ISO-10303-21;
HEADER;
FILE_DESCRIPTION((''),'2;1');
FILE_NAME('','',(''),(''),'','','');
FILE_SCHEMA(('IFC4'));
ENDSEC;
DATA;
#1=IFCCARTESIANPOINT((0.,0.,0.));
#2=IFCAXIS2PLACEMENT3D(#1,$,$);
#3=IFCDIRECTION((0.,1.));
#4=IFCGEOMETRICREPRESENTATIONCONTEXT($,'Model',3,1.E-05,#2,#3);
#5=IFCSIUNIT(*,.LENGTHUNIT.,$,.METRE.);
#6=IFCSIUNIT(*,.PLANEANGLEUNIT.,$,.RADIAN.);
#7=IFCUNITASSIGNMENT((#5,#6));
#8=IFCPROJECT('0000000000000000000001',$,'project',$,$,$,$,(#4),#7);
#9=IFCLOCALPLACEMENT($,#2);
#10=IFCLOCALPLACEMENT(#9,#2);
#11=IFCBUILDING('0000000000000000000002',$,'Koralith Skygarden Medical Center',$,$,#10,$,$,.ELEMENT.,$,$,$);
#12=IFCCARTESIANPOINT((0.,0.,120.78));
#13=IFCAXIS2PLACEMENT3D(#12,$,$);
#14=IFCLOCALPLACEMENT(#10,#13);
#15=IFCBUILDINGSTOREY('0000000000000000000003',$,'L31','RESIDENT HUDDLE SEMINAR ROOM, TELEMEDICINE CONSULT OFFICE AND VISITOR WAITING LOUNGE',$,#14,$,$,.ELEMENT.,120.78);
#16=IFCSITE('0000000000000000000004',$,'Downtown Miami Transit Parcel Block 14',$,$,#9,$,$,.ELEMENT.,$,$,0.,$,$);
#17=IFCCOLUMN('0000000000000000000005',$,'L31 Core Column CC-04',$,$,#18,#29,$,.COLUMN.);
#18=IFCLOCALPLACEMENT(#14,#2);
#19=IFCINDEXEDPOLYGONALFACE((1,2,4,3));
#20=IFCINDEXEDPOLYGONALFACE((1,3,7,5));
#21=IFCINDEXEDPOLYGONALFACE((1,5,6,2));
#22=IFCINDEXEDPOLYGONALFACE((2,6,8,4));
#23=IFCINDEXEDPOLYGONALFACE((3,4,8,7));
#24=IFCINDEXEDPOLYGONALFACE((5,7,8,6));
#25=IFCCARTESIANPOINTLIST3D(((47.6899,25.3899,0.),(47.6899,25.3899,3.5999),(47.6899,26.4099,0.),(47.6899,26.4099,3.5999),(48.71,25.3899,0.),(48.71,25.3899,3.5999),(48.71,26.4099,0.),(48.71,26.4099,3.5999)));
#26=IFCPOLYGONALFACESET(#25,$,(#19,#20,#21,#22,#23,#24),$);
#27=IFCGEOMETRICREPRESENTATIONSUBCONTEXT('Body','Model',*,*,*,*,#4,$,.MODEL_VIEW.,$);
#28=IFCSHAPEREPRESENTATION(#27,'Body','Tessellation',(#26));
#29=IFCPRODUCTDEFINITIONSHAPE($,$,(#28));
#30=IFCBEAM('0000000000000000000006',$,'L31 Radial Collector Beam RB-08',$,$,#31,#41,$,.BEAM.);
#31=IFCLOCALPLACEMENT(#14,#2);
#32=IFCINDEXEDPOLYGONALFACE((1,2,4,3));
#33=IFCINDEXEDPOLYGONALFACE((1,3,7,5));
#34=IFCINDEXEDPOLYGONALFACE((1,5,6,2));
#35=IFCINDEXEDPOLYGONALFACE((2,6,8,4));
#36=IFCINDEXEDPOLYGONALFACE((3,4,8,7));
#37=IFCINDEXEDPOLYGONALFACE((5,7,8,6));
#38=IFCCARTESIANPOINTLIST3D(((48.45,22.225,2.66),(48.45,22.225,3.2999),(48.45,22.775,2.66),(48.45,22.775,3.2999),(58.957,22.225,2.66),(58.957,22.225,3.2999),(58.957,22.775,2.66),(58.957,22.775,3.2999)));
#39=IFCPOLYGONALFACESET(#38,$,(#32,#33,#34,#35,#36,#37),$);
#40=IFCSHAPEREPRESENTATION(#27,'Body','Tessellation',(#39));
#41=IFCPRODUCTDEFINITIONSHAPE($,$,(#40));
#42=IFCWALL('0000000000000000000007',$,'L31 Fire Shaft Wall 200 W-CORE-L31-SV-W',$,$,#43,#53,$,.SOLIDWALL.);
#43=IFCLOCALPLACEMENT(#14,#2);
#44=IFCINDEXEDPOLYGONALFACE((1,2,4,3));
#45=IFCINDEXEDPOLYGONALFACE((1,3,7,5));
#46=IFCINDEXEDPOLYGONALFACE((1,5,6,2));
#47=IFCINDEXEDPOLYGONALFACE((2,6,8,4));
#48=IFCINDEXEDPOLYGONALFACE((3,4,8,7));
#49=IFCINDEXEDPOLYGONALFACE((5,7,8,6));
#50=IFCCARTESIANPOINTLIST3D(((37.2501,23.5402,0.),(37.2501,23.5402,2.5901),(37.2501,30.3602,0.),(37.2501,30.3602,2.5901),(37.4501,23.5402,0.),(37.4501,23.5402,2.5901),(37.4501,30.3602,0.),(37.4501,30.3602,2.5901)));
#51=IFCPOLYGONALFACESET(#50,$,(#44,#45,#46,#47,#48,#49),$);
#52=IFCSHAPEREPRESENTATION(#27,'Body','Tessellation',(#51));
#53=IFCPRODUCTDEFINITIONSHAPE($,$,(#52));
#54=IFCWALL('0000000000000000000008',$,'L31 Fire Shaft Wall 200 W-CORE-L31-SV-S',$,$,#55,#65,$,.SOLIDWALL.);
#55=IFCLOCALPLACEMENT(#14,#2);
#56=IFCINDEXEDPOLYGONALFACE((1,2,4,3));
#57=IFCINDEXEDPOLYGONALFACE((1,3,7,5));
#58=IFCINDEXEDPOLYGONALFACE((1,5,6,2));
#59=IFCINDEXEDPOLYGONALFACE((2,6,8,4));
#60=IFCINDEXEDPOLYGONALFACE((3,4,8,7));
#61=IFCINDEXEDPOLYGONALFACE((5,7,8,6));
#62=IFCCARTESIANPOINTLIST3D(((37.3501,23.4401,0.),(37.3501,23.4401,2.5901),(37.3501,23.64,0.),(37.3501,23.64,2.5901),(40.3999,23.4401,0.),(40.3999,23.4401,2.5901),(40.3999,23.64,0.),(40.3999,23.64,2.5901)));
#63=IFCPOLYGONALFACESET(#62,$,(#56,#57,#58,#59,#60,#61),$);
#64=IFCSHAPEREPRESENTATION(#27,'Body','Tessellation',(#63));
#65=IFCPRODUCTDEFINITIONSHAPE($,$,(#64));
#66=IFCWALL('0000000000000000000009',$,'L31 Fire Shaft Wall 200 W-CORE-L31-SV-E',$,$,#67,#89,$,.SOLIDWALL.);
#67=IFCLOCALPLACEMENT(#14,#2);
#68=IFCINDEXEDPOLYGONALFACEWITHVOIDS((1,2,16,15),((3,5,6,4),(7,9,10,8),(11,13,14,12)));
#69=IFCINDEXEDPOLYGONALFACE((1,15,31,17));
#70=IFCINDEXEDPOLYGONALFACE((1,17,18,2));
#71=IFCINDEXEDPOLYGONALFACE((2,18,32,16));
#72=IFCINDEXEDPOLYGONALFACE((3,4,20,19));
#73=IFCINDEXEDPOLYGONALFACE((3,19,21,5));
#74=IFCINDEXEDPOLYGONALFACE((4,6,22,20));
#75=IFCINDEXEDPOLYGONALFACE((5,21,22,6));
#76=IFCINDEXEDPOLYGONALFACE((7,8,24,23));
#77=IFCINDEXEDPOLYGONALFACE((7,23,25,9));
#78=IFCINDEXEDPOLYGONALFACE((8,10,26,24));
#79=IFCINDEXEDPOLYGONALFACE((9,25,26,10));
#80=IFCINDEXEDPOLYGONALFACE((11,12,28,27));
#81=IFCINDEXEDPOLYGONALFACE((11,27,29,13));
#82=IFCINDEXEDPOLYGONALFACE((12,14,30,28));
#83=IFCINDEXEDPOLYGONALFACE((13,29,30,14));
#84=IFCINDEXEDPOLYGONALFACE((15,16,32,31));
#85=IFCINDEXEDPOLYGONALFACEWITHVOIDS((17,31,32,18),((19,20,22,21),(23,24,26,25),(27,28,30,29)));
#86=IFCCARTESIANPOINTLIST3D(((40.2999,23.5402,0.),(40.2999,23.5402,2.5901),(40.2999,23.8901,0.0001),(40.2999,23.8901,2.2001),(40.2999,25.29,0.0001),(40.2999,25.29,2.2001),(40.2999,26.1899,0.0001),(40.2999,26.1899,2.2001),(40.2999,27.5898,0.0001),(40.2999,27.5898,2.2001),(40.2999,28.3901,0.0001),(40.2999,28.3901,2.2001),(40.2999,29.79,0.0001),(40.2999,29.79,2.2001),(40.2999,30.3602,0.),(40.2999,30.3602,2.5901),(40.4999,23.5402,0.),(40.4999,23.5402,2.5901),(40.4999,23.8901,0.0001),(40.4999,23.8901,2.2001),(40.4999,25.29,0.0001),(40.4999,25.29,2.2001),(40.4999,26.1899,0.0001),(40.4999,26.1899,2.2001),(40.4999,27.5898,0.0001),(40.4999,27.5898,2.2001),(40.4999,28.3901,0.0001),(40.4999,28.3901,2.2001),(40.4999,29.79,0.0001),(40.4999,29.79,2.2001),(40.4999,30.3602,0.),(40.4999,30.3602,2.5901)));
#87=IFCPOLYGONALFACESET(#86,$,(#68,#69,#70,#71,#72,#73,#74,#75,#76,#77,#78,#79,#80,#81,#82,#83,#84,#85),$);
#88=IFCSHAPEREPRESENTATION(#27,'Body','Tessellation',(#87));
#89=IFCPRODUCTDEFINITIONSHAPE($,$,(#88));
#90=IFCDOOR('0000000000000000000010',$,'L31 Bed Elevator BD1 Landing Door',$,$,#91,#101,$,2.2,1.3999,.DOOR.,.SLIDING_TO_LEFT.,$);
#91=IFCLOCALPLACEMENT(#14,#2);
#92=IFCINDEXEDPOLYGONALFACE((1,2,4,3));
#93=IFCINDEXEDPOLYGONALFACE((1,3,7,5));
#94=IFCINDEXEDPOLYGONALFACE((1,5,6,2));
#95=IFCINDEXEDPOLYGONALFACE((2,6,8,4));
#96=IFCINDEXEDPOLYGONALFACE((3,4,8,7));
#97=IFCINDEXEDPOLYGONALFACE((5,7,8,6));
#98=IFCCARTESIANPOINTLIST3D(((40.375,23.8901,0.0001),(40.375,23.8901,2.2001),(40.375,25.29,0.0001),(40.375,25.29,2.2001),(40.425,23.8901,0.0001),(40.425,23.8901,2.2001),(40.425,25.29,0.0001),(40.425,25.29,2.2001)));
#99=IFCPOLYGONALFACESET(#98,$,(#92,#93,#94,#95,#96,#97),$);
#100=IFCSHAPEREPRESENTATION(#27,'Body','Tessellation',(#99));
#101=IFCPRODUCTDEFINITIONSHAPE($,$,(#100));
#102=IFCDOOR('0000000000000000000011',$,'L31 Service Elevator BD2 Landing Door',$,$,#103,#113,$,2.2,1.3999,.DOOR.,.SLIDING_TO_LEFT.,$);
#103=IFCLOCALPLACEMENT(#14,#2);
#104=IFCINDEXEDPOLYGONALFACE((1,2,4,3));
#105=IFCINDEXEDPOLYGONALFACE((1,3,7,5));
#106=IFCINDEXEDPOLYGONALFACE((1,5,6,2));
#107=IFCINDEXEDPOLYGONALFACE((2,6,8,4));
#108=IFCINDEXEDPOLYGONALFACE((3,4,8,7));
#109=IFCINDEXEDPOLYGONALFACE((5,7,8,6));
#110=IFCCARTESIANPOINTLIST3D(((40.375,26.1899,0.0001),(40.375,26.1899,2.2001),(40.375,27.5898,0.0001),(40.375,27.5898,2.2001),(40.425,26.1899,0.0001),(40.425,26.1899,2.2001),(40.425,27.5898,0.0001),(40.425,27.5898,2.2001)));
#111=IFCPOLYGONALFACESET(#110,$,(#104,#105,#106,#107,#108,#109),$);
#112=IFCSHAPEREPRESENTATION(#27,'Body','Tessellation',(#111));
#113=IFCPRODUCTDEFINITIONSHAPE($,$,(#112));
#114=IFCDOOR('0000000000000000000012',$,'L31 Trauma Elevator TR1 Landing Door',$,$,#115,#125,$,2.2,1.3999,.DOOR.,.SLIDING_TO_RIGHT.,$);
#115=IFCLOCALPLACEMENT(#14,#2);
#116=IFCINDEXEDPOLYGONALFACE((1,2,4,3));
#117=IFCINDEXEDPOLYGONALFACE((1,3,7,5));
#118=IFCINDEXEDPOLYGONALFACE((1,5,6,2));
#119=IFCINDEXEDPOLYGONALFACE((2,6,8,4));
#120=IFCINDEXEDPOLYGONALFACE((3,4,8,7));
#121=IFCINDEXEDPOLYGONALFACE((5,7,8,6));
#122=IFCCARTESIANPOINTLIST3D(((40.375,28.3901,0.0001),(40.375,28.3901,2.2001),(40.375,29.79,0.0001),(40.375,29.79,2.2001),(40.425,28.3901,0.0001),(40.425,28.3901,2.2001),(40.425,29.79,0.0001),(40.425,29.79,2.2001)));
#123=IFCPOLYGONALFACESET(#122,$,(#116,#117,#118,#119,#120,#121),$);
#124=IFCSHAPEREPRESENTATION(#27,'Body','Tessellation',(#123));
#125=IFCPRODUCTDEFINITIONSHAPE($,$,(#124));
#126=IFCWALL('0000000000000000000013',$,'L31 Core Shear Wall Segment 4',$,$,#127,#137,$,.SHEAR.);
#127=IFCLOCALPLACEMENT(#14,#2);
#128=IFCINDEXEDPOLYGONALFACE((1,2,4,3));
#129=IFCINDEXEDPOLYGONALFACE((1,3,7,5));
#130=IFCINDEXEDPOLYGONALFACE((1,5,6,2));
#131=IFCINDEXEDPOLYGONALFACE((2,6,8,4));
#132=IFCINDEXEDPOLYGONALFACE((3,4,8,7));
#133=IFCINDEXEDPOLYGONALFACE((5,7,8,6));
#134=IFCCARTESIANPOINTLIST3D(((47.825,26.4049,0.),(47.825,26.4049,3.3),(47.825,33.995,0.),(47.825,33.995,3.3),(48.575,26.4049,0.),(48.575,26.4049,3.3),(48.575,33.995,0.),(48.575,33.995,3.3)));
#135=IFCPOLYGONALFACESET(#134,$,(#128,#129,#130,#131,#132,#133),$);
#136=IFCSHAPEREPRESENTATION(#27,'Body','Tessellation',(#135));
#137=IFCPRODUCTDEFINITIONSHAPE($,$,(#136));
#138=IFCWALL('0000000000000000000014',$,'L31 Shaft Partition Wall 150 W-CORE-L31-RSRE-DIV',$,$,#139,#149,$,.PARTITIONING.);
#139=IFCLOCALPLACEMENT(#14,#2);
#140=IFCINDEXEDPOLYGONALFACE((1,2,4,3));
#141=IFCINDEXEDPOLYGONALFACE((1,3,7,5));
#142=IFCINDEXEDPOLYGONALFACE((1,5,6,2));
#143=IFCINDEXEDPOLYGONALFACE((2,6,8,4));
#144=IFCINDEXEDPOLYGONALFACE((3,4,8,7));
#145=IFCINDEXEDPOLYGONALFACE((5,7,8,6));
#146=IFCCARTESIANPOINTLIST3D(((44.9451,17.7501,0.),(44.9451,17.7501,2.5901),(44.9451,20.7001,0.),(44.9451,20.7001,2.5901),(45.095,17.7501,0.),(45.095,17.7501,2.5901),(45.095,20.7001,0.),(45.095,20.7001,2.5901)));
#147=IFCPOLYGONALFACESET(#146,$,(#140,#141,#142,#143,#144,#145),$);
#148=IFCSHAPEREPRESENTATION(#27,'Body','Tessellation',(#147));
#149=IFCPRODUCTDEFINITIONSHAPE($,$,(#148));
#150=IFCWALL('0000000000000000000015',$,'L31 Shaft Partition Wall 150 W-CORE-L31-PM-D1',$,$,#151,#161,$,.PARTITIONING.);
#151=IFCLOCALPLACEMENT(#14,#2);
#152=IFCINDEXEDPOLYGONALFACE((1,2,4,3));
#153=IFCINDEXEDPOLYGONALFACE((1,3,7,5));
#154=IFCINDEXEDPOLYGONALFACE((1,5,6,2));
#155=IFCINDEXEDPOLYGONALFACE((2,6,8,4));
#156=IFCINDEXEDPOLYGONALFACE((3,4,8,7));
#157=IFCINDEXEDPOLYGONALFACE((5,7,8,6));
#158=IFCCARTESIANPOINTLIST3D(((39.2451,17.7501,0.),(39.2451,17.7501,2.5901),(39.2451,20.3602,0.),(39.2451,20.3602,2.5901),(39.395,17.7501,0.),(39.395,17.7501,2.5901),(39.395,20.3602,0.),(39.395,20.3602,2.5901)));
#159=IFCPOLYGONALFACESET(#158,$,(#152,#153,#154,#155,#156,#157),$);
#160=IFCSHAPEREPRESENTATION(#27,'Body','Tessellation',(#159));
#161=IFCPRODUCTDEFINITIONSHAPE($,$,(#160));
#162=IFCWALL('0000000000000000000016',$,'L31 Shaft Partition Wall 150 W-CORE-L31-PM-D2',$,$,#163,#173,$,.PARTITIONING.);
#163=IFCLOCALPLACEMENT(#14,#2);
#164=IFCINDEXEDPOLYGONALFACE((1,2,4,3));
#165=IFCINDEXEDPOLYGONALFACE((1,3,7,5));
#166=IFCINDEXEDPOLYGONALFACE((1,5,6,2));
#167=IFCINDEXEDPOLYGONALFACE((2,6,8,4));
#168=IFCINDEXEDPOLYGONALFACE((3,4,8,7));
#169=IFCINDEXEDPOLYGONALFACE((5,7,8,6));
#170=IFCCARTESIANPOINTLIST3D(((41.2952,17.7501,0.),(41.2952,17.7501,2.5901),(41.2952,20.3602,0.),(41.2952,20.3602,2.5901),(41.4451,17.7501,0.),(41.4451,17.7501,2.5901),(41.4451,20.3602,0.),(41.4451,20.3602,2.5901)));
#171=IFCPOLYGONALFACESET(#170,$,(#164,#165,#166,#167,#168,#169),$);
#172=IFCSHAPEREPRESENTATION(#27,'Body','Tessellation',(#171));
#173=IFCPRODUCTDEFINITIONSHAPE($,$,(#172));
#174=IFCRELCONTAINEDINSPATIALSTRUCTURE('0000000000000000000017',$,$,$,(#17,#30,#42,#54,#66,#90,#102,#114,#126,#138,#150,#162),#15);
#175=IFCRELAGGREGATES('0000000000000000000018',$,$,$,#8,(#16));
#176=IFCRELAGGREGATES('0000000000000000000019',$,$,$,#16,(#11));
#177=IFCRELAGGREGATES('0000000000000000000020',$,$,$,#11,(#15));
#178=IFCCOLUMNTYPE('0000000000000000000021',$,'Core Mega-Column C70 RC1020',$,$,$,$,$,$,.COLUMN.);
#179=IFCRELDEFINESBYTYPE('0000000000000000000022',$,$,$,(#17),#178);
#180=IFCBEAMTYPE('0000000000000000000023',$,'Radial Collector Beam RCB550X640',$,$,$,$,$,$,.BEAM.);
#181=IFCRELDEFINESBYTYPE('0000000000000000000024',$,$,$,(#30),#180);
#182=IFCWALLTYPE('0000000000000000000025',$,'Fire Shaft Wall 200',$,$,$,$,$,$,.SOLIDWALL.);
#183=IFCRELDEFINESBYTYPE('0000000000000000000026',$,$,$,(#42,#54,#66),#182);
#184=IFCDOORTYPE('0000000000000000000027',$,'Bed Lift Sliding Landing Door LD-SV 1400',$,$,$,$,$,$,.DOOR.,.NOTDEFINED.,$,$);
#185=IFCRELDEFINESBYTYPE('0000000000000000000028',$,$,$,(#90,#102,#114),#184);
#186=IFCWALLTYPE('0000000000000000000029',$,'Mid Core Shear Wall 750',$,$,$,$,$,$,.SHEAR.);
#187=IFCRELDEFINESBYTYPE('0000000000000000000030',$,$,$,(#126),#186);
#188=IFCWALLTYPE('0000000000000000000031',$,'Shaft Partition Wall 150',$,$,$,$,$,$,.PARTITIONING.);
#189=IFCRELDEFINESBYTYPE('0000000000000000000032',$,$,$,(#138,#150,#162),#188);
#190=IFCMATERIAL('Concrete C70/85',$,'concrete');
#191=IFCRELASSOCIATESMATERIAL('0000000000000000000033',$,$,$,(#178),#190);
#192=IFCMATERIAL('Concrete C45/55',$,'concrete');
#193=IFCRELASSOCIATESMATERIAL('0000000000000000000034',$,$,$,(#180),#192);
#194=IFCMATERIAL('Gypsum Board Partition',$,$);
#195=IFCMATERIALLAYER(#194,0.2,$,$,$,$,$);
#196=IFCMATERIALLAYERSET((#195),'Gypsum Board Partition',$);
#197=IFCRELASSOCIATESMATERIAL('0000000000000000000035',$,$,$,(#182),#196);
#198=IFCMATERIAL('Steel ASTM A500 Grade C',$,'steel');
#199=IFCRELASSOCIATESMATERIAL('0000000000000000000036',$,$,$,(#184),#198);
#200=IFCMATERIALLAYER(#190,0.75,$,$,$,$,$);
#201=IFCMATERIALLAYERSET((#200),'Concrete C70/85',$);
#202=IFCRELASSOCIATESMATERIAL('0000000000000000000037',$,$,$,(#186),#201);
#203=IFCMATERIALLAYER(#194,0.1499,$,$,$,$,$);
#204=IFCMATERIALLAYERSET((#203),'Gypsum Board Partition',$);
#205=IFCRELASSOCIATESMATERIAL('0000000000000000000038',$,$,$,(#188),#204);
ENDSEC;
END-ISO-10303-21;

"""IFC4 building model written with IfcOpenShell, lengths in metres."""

from ifc_helpers import new_model, si_unit, direction, frame, frame_2d, origin, origin_2d, place, context, subcontext, project, spatial, rectangle, extrude, material, layer, layer_set, material_profile, profile_set, type_object, element, fill, save


model = new_model("IFC4")

# Units and contexts
model_context = context("Model", 3, precision=1e-05, world=origin(), true_north=direction((0.0, 1.0)))
body_context = subcontext(model_context, "Body", "Model", "MODEL_VIEW")
ifc_project = project(units=[si_unit("LENGTHUNIT", "METRE"), si_unit("PLANEANGLEUNIT", "RADIAN")], contexts=[model_context])

# Site, building, storey
site_placement = place(None, origin())
site = spatial("IfcSite", under=ifc_project, at=site_placement, Name="Downtown Miami Transit Parcel Block 14", CompositionType="ELEMENT", RefElevation=0.0)
building_placement = place(site_placement, origin())
building = spatial("IfcBuilding", under=site, at=building_placement, Name="Koralith Skygarden Medical Center", CompositionType="ELEMENT")
storey_placement = place(building_placement, frame((0.0, 0.0, 120.78)))
storey = spatial("IfcBuildingStorey", under=building, at=storey_placement, Name="L31", Description="RESIDENT HUDDLE SEMINAR ROOM, TELEMEDICINE CONSULT OFFICE AND VISITOR WAITING LOUNGE", CompositionType="ELEMENT", Elevation=120.78)

# Column
ifc_material_1 = material(Name="Concrete C70/85", Category="concrete")
ifc_material_profile_1 = material_profile(ifc_material_1, rectangle(XDim=1.02, YDim=1.02, at=origin_2d()), Name="RC1020X1020")
ifc_profile_set_1 = profile_set([ifc_material_profile_1], Name="Concrete C70/85")
column_type = type_object("IfcColumnType", Name="Core Mega-Column C70 RC1020", PredefinedType="COLUMN", material=ifc_profile_set_1)
column_placement = place(storey_placement, frame((48.2, 25.8999, 0.0), z_axis=(0.0, 0.0, 1.0), x_axis=(1.0, 0.0, 0.0)))
element("IfcColumn", 1, at=column_placement, inside=storey, type_object=column_type, Name="L31 Core Column CC-04", PredefinedType="COLUMN", context=body_context, shape_type="SweptSolid", body=[
    extrude(rectangle(XDim=1.02, YDim=1.02, at=origin_2d()), origin(), (0.0, 0.0, 1.0), 3.5999),
])

# Beam
ifc_material_2 = material(Name="Concrete C45/55", Category="concrete")
ifc_material_profile_2 = material_profile(ifc_material_2, rectangle(XDim=0.55, YDim=0.6399, at=origin_2d()), Name="RCB550X640")
ifc_profile_set_2 = profile_set([ifc_material_profile_2], Name="Concrete C45/55")
beam_type = type_object("IfcBeamType", Name="Radial Collector Beam RCB550X640", PredefinedType="BEAM", material=ifc_profile_set_2)
beam_placement = place(storey_placement, frame((48.45, 22.5, 2.98), z_axis=(1.0, 0.0, 0.0), x_axis=(0.0, 1.0, 0.0)))
element("IfcBeam", 2, at=beam_placement, inside=storey, type_object=beam_type, Name="L31 Radial Collector Beam RB-08", PredefinedType="BEAM", context=body_context, shape_type="SweptSolid", body=[
    extrude(rectangle(XDim=0.55, YDim=0.6399, at=origin_2d()), origin(), (0.0, 0.0, 1.0), 10.5071),
])

# Shared definitions
ifc_material_3 = material(Name="Gypsum Board Partition")
ifc_layer_1 = layer(ifc_material_3, 0.2)
ifc_layer_set_1 = layer_set([ifc_layer_1], Name="Gypsum Board Partition")
wall_type_1 = type_object("IfcWallType", Name="Fire Shaft Wall 200", PredefinedType="SOLIDWALL", material=ifc_layer_set_1)
ifc_material_4 = material(Name="Steel ASTM A500 Grade C", Category="steel")

# Walls
wall_1_placement = place(storey_placement, frame((37.3501, 23.54, 0.0), z_axis=(0.0, 0.0, 1.0), x_axis=(0.0, 1.0, 0.0)))
element("IfcWall", 3, at=wall_1_placement, inside=storey, type_object=wall_type_1, Name="L31 Fire Shaft Wall 200 W-CORE-L31-SV-W", PredefinedType="SOLIDWALL", context=body_context, shape_type="SweptSolid", body=[
    extrude(rectangle(XDim=6.8201, YDim=0.2, at=frame_2d((3.4102, 0.0))), origin(), (0.0, 0.0, 1.0), 2.5901),
])
wall_2_placement = place(storey_placement, frame((37.3501, 23.54, 0.0), z_axis=(0.0, 0.0, 1.0), x_axis=(1.0, 0.0, 0.0)))
element("IfcWall", 4, at=wall_2_placement, inside=storey, type_object=wall_type_1, Name="L31 Fire Shaft Wall 200 W-CORE-L31-SV-S", PredefinedType="SOLIDWALL", context=body_context, shape_type="SweptSolid", body=[
    extrude(rectangle(XDim=3.0498, YDim=0.2, at=frame_2d((1.5249, 0.0))), origin(), (0.0, 0.0, 1.0), 2.5901),
])

# Wall, openings, doors
wall_3_placement = place(storey_placement, frame((40.3999, 23.54, 0.0), z_axis=(0.0, 0.0, 1.0), x_axis=(0.0, 1.0, 0.0)))
wall_3 = element("IfcWall", 5, at=wall_3_placement, inside=storey, type_object=wall_type_1, Name="L31 Fire Shaft Wall 200 W-CORE-L31-SV-E", PredefinedType="SOLIDWALL", context=body_context, shape_type="SweptSolid", body=[
    extrude(rectangle(XDim=6.8201, YDim=0.2, at=frame_2d((3.4102, 0.0))), origin(), (0.0, 0.0, 1.0), 2.5901),
])
opening_1_placement = place(wall_3_placement, frame((0.3501, 0.0, 0.0)))
opening_1 = element("IfcOpeningElement", 6, at=opening_1_placement, cuts=wall_3, PredefinedType="OPENING", context=body_context, shape_type="SweptSolid", body=[
    extrude(rectangle(XDim=1.3999, YDim=2.2, at=frame_2d((0.7, 1.1001))), frame((0.0, 0.1099, 0.0), z_axis=(0.0, -1.0, 0.0), x_axis=(1.0, 0.0, 0.0)), (0.0, 0.0, 1.0), 0.22),
])
opening_2_placement = place(wall_3_placement, frame((2.6499, 0.0, 0.0)))
opening_2 = element("IfcOpeningElement", 7, at=opening_2_placement, cuts=wall_3, PredefinedType="OPENING", context=body_context, shape_type="SweptSolid", body=[
    extrude(rectangle(XDim=1.3999, YDim=2.2, at=frame_2d((0.7, 1.1001))), frame((0.0, 0.1099, 0.0), z_axis=(0.0, -1.0, 0.0), x_axis=(1.0, 0.0, 0.0)), (0.0, 0.0, 1.0), 0.22),
])
opening_3_placement = place(wall_3_placement, frame((4.8501, 0.0, 0.0)))
opening_3 = element("IfcOpeningElement", 8, at=opening_3_placement, cuts=wall_3, PredefinedType="OPENING", context=body_context, shape_type="SweptSolid", body=[
    extrude(rectangle(XDim=1.3999, YDim=2.2, at=frame_2d((0.7, 1.1001))), frame((0.0, 0.1099, 0.0), z_axis=(0.0, -1.0, 0.0), x_axis=(1.0, 0.0, 0.0)), (0.0, 0.0, 1.0), 0.22),
])
door_type_1 = type_object("IfcDoorType", Name="Bed Lift Sliding Landing Door LD-SV 1400", OperationType="NOTDEFINED", PredefinedType="DOOR", material=ifc_material_4)
door_1_placement = place(opening_1_placement, origin())
door_1 = element("IfcDoor", 9, at=door_1_placement, inside=storey, type_object=door_type_1, Name="L31 Bed Elevator BD1 Landing Door", OperationType="SLIDING_TO_LEFT", OverallHeight=2.2, OverallWidth=1.3999, PredefinedType="DOOR", context=body_context, shape_type="SweptSolid", body=[
    extrude(rectangle(XDim=1.3999, YDim=2.2, at=frame_2d((0.7, 1.1001))), frame((0.0, 0.0249, 0.0), z_axis=(0.0, -1.0, 0.0), x_axis=(1.0, 0.0, 0.0)), (0.0, 0.0, 1.0), 0.05),
])
fill(opening_1, door_1)
door_2_placement = place(opening_2_placement, origin())
door_2 = element("IfcDoor", 10, at=door_2_placement, inside=storey, type_object=door_type_1, Name="L31 Service Elevator BD2 Landing Door", OperationType="SLIDING_TO_LEFT", OverallHeight=2.2, OverallWidth=1.3999, PredefinedType="DOOR", context=body_context, shape_type="SweptSolid", body=[
    extrude(rectangle(XDim=1.3999, YDim=2.2, at=frame_2d((0.7, 1.1001))), frame((0.0, 0.0249, 0.0), z_axis=(0.0, -1.0, 0.0), x_axis=(1.0, 0.0, 0.0)), (0.0, 0.0, 1.0), 0.05),
])
fill(opening_2, door_2)
door_3_placement = place(opening_3_placement, origin())
door_3 = element("IfcDoor", 11, at=door_3_placement, inside=storey, type_object=door_type_1, Name="L31 Trauma Elevator TR1 Landing Door", OperationType="SLIDING_TO_RIGHT", OverallHeight=2.2, OverallWidth=1.3999, PredefinedType="DOOR", context=body_context, shape_type="SweptSolid", body=[
    extrude(rectangle(XDim=1.3999, YDim=2.2, at=frame_2d((0.7, 1.1001))), frame((0.0, 0.0249, 0.0), z_axis=(0.0, -1.0, 0.0), x_axis=(1.0, 0.0, 0.0)), (0.0, 0.0, 1.0), 0.05),
])
fill(opening_3, door_3)

# Shared definitions
ifc_layer_2 = layer(ifc_material_1, 0.75)
ifc_layer_set_2 = layer_set([ifc_layer_2], Name="Concrete C70/85")
wall_type_2 = type_object("IfcWallType", Name="Mid Core Shear Wall 750", PredefinedType="SHEAR", material=ifc_layer_set_2)

# Walls
wall_4_placement = place(storey_placement, frame((48.2, 26.405, 0.0), z_axis=(0.0, 0.0, 1.0), x_axis=(0.0, 1.0, 0.0)))
element("IfcWall", 12, at=wall_4_placement, inside=storey, type_object=wall_type_2, Name="L31 Core Shear Wall Segment 4", PredefinedType="SHEAR", context=body_context, shape_type="SweptSolid", body=[
    extrude(rectangle(XDim=7.5901, YDim=0.75, at=frame_2d((3.7949, 0.0))), origin(), (0.0, 0.0, 1.0), 3.3),
])
ifc_layer_3 = layer(ifc_material_3, 0.1499)
ifc_layer_set_3 = layer_set([ifc_layer_3], Name="Gypsum Board Partition")
wall_type_3 = type_object("IfcWallType", Name="Shaft Partition Wall 150", PredefinedType="PARTITIONING", material=ifc_layer_set_3)
wall_5_placement = place(storey_placement, frame((45.02, 17.75, 0.0), z_axis=(0.0, 0.0, 1.0), x_axis=(0.0, 1.0, 0.0)))
element("IfcWall", 13, at=wall_5_placement, inside=storey, type_object=wall_type_3, Name="L31 Shaft Partition Wall 150 W-CORE-L31-RSRE-DIV", PredefinedType="PARTITIONING", context=body_context, shape_type="SweptSolid", body=[
    extrude(rectangle(XDim=2.95, YDim=0.1499, at=frame_2d((1.4751, 0.0))), origin(), (0.0, 0.0, 1.0), 2.5901),
])
for number, where, z_axis, x_axis, name in (
    (14, (39.3201, 17.75, 0.0), (0.0, 0.0, 1.0), (0.0, 1.0, 0.0), "L31 Shaft Partition Wall 150 W-CORE-L31-PM-D1"),
    (15, (41.3701, 17.75, 0.0), (0.0, 0.0, 1.0), (0.0, 1.0, 0.0), "L31 Shaft Partition Wall 150 W-CORE-L31-PM-D2"),
):
    element("IfcWall", number, at=place(storey_placement, frame(where, z_axis=z_axis, x_axis=x_axis)), inside=storey, type_object=wall_type_3, Name=name, PredefinedType="PARTITIONING", context=body_context, shape_type="SweptSolid", body=[
        extrude(rectangle(XDim=2.6101, YDim=0.1499, at=frame_2d((1.3052, 0.0))), origin(), (0.0, 0.0, 1.0), 2.5901),
    ])

save(model, "model.ifc")
